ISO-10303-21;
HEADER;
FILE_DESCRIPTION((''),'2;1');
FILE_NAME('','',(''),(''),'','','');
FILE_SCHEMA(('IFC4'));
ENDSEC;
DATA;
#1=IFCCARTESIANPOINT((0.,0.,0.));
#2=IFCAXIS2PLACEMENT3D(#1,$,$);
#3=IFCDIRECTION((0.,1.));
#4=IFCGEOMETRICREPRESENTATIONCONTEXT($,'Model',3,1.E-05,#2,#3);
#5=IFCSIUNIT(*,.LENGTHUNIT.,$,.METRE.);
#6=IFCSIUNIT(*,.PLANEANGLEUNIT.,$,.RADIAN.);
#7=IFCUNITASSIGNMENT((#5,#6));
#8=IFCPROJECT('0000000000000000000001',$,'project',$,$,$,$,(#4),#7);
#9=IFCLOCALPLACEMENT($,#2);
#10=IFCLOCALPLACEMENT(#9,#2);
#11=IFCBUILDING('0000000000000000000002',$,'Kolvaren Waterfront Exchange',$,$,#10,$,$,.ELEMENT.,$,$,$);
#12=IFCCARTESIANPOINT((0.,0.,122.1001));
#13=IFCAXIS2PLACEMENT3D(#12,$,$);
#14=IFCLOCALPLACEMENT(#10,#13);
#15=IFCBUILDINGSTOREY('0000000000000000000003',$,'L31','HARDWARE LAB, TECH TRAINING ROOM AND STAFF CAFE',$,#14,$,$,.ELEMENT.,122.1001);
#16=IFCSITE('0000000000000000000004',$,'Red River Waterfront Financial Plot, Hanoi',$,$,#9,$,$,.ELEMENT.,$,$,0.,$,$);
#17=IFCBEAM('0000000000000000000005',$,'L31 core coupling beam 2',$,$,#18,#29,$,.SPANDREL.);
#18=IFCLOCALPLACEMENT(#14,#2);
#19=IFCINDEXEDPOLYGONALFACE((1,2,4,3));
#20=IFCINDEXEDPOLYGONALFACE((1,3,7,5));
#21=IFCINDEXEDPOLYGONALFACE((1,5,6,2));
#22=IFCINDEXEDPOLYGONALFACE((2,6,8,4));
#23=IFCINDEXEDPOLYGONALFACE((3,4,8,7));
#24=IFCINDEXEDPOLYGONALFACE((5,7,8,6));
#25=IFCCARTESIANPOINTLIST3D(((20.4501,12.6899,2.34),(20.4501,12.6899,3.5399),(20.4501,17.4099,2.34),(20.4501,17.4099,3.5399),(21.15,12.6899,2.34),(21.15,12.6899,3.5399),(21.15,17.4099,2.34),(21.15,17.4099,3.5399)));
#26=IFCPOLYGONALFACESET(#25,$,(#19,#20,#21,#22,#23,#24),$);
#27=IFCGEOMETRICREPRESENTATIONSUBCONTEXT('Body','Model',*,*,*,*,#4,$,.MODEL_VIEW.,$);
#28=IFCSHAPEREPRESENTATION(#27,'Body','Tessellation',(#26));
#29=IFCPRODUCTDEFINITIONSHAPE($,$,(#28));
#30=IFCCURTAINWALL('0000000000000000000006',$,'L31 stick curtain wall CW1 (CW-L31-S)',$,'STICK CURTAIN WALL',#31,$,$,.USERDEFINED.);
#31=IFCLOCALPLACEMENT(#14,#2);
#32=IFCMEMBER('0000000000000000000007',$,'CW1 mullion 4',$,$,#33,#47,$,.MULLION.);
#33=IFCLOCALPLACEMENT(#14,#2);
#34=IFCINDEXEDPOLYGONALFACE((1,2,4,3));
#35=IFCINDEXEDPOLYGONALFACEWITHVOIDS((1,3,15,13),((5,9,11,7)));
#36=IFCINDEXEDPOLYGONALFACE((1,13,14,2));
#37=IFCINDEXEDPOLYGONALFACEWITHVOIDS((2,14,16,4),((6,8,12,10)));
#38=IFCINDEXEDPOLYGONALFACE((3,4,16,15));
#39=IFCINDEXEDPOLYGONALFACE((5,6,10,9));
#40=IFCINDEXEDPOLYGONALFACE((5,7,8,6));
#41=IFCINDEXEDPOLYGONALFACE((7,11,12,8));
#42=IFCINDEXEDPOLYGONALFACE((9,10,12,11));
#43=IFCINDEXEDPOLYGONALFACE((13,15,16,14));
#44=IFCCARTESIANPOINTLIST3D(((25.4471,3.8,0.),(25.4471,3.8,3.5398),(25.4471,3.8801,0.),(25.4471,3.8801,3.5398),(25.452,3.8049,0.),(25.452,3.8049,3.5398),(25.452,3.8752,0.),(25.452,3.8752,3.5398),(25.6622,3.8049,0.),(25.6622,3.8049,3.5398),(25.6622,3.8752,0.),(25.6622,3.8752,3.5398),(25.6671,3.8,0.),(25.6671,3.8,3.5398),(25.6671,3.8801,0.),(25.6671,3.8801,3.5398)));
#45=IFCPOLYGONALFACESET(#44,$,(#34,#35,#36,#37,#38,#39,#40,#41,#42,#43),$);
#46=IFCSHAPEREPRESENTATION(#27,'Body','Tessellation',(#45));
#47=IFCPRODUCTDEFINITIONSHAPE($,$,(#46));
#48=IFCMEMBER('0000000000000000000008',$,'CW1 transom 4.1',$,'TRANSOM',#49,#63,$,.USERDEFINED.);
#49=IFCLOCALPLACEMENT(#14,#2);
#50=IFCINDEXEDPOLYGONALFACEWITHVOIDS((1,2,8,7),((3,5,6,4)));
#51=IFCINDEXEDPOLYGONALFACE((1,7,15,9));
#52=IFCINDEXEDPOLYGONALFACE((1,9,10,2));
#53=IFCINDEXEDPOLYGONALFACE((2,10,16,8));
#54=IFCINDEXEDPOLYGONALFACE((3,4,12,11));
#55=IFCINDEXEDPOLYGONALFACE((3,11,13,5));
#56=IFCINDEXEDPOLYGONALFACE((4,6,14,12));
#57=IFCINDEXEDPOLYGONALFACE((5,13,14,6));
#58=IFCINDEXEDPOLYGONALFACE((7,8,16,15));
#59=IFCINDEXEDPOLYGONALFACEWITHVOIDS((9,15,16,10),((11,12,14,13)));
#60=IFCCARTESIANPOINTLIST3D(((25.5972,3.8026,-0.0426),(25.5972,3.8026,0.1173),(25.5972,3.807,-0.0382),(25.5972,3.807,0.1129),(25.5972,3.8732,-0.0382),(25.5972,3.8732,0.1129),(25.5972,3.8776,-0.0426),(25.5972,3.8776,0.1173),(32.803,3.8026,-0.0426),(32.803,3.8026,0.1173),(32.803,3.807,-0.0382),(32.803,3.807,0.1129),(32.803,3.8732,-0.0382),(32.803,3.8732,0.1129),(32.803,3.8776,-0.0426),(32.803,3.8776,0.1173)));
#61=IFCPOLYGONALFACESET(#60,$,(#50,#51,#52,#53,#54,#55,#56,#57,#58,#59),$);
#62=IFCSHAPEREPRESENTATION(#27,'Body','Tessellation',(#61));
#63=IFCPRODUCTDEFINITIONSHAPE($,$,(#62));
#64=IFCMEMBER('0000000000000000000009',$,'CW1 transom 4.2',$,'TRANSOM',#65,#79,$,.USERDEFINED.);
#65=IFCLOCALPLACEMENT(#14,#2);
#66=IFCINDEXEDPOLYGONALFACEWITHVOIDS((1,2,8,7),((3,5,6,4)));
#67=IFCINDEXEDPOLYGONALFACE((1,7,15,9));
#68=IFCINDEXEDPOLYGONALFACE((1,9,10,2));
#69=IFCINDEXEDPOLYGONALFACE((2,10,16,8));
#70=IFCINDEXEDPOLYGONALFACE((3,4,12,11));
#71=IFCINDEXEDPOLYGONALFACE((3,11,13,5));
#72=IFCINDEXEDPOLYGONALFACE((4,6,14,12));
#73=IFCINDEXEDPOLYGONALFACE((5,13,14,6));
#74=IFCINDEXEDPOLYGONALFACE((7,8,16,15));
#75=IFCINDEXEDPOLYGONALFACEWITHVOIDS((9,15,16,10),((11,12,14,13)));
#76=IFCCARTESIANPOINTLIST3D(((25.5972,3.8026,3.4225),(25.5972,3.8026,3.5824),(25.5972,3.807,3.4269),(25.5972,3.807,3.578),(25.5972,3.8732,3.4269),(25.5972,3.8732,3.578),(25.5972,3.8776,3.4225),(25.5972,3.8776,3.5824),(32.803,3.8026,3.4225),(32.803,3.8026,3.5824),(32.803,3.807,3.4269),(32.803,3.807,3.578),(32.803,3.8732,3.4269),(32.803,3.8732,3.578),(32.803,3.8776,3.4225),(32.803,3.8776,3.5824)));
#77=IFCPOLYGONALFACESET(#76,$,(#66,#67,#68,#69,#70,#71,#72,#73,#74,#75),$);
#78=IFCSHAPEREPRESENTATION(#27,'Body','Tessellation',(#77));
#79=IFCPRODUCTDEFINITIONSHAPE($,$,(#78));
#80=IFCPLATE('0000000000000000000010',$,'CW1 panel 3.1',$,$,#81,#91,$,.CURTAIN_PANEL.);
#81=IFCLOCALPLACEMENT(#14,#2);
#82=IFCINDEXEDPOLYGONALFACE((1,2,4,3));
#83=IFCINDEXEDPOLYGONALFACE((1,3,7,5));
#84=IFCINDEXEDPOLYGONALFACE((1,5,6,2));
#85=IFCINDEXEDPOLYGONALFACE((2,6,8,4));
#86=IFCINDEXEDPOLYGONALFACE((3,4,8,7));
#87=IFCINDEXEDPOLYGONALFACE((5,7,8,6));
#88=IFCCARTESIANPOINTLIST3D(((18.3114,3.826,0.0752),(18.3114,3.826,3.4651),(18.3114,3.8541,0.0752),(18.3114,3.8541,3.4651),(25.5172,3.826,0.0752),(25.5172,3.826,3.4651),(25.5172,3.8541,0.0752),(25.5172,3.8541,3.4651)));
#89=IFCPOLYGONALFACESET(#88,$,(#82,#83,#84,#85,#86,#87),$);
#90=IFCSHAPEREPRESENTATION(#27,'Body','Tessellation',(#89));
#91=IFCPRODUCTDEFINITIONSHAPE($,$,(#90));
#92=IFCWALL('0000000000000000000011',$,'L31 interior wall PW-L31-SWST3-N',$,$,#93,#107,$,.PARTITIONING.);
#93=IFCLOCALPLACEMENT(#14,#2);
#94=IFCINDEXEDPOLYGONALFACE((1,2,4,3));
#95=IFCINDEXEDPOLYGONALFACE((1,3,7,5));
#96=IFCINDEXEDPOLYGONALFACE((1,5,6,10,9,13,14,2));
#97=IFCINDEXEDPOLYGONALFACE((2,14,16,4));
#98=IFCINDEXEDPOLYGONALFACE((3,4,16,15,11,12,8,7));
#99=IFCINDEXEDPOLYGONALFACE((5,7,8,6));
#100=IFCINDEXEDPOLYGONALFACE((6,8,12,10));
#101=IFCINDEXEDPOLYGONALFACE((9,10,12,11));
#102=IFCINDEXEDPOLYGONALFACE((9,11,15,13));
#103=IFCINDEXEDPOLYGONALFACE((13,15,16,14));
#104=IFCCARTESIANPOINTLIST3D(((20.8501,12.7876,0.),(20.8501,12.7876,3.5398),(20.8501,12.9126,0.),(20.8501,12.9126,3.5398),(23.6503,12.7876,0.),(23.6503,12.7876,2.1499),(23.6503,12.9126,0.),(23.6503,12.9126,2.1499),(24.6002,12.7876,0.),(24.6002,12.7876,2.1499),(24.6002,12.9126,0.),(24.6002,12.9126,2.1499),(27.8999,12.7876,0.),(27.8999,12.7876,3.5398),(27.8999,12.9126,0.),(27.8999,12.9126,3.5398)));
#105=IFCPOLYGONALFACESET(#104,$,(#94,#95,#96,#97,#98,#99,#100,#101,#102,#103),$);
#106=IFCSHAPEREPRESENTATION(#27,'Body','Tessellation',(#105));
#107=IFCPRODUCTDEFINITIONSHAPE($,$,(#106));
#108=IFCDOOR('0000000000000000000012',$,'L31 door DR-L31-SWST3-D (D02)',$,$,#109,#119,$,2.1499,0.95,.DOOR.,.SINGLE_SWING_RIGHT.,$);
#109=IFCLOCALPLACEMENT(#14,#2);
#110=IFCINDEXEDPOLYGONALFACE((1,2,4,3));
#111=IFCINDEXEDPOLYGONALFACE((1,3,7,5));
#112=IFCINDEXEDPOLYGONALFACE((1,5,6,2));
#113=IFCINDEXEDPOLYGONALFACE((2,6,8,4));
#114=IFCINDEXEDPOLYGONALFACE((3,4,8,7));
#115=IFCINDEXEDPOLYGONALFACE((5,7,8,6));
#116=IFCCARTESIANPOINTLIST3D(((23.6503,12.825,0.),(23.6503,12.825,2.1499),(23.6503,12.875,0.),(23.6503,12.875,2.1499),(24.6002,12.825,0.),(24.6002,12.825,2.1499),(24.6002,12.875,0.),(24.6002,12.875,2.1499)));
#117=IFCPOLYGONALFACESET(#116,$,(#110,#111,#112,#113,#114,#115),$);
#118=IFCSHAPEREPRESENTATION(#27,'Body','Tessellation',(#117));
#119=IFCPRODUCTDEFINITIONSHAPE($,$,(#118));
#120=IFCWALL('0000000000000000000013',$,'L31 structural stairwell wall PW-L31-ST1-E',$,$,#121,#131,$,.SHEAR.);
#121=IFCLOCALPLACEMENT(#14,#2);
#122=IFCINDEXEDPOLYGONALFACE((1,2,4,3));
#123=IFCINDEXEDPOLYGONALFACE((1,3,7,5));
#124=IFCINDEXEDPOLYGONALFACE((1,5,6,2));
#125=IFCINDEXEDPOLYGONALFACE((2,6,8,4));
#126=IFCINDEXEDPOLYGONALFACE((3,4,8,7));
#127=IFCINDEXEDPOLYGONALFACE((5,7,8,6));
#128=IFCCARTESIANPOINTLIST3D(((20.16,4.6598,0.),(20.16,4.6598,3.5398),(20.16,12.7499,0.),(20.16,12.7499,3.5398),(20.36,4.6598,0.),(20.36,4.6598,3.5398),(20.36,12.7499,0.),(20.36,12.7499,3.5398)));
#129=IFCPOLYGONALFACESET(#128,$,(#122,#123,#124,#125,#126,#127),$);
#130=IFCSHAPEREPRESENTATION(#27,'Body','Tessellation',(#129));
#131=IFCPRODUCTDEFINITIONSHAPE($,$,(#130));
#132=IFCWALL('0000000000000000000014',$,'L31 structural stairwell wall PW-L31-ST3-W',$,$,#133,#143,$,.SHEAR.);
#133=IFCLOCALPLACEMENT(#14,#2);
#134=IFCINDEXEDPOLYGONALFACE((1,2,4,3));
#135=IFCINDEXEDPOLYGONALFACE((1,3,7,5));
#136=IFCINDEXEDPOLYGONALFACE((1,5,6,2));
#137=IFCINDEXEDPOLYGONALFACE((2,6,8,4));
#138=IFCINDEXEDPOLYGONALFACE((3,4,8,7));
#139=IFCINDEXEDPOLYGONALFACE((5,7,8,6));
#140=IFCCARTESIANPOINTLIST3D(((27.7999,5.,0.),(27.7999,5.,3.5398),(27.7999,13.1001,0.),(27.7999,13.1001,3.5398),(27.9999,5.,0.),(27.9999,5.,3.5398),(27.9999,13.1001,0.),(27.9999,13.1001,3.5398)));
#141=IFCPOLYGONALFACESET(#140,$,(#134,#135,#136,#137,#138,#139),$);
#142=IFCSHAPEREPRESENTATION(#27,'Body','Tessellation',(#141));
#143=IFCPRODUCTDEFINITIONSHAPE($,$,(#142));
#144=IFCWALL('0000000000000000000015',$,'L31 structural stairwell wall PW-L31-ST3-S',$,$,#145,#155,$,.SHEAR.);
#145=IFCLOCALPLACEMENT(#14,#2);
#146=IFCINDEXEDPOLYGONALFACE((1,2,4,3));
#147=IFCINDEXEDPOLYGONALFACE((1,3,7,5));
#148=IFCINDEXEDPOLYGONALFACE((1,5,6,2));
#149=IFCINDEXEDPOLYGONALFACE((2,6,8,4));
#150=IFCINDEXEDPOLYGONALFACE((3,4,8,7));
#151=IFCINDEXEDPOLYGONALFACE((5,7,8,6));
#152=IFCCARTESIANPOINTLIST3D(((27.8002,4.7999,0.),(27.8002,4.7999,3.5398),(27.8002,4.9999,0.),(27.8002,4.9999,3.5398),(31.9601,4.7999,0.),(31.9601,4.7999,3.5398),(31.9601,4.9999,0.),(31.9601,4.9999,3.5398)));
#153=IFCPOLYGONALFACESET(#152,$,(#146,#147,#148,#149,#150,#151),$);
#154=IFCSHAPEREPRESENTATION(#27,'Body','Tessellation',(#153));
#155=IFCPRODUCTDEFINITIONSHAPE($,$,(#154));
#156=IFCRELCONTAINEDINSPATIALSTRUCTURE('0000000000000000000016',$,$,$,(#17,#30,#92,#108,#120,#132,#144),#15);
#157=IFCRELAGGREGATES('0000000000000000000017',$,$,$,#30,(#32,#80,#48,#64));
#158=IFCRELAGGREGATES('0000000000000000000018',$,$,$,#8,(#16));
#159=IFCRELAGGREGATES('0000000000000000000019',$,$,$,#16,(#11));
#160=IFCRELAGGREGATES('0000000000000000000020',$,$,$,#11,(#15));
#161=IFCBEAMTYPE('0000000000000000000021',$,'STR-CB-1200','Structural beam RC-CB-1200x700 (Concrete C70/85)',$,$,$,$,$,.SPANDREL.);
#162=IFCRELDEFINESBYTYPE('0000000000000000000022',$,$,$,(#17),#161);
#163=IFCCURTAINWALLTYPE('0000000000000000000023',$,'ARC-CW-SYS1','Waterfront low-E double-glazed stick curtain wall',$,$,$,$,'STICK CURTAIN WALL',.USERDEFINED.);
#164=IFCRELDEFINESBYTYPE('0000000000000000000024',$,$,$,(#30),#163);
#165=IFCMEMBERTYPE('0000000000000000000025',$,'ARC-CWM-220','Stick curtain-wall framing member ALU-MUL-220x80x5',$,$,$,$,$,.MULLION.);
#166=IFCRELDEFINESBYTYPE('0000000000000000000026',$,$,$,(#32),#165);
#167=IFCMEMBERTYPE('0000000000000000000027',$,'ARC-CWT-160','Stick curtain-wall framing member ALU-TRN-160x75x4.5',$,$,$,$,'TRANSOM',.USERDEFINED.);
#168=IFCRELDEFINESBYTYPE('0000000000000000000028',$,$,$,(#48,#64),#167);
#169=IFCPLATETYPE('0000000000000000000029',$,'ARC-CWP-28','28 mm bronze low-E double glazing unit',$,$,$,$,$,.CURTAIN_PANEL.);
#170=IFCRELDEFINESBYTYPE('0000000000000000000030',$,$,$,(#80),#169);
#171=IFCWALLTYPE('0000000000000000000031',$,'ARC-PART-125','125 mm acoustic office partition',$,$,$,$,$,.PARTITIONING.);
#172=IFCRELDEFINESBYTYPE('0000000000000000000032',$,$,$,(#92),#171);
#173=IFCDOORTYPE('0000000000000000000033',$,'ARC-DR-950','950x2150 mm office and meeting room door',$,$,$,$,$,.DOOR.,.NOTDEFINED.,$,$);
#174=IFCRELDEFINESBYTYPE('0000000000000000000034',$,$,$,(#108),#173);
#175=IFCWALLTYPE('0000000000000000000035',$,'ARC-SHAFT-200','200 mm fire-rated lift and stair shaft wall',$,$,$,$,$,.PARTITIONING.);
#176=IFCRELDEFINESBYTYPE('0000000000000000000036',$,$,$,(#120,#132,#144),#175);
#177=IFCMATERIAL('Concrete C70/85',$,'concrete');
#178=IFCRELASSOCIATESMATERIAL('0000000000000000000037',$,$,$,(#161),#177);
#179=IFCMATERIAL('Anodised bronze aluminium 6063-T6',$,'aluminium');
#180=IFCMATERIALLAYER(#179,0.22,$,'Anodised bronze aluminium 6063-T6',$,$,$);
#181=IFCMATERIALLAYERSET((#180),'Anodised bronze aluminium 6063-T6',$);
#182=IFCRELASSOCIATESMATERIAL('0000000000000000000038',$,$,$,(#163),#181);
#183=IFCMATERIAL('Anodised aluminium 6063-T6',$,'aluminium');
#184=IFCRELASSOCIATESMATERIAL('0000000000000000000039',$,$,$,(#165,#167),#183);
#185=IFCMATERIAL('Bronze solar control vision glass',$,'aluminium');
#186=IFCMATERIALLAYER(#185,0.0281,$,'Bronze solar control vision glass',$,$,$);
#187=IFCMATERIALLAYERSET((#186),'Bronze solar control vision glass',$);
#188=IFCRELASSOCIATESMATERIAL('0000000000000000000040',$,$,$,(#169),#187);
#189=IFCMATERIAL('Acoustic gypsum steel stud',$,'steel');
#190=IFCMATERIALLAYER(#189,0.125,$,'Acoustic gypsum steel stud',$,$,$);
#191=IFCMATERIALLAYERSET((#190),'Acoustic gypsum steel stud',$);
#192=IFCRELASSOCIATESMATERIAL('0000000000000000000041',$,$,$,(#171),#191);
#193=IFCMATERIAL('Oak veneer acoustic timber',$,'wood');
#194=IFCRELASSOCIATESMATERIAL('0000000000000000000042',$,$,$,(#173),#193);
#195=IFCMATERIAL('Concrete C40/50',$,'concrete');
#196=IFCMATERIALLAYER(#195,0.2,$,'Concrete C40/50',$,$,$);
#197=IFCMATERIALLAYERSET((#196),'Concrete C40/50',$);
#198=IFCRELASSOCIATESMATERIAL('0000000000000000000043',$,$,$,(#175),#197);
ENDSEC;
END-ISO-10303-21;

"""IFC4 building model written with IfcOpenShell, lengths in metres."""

from ifc_helpers import new_model, si_unit, direction, frame, frame_2d, origin, origin_with_axes, origin_2d, place, context, subcontext, project, spatial, rectangle, hollow_rectangle, extrude, source, transform, mapped, material, layer, layer_set, material_profile, profile_set, type_object, element, fill, aggregate, save


model = new_model("IFC4")

# Units and contexts
model_context = context("Model", 3, precision=1e-05, world=origin(), true_north=direction((0.0, 1.0)))
body_context = subcontext(model_context, "Body", "Model", "MODEL_VIEW")
ifc_project = project(units=[si_unit("LENGTHUNIT", "METRE"), si_unit("PLANEANGLEUNIT", "RADIAN")], contexts=[model_context])

# Site, building, storey
site_placement = place(None, origin())
site = spatial("IfcSite", under=ifc_project, at=site_placement, Name="Red River Waterfront Financial Plot, Hanoi", CompositionType="ELEMENT", RefElevation=0.0)
building_placement = place(site_placement, origin())
building = spatial("IfcBuilding", under=site, at=building_placement, Name="Kolvaren Waterfront Exchange", CompositionType="ELEMENT")
storey_placement = place(building_placement, frame((0.0, 0.0, 122.1001)))
storey = spatial("IfcBuildingStorey", under=building, at=storey_placement, Name="L31", Description="HARDWARE LAB, TECH TRAINING ROOM AND STAFF CAFE", CompositionType="ELEMENT", Elevation=122.1001)

# Beam
ifc_material_1 = material(Name="Concrete C70/85", Category="concrete")
ifc_material_profile_1 = material_profile(ifc_material_1, rectangle(XDim=0.7, YDim=1.2, at=origin_2d()), Name="RC-CB-1200x700")
ifc_profile_set_1 = profile_set([ifc_material_profile_1], Name="Concrete C70/85")
beam_type_1 = type_object("IfcBeamType", Name="STR-CB-1200", Description="Structural beam RC-CB-1200x700 (Concrete C70/85)", PredefinedType="SPANDREL", material=ifc_profile_set_1)
beam_1_placement = place(storey_placement, frame((20.8, 12.6899, 2.9399), z_axis=(0.0, 1.0, 0.0), x_axis=(-1.0, 0.0, 0.0)))
element("IfcBeam", 1, at=beam_1_placement, inside=storey, type_object=beam_type_1, Name="L31 core coupling beam 2", PredefinedType="SPANDREL", context=body_context, shape_type="SweptSolid", body=[
    extrude(rectangle(XDim=0.7, YDim=1.2, at=origin_2d()), origin(), (0.0, 0.0, 1.0), 4.72),
])

# Curtain wall, members, plate
ifc_material_2 = material(Name="Anodised bronze aluminium 6063-T6", Category="aluminium")
ifc_layer_1 = layer(ifc_material_2, 0.22, Name="Anodised bronze aluminium 6063-T6")
ifc_layer_set_1 = layer_set([ifc_layer_1], Name="Anodised bronze aluminium 6063-T6")
curtain_wall_type = type_object("IfcCurtainWallType", Name="ARC-CW-SYS1", Description="Waterfront low-E double-glazed stick curtain wall", ElementType="STICK CURTAIN WALL", PredefinedType="USERDEFINED", material=ifc_layer_set_1)
curtain_wall_placement = place(storey_placement, origin())
curtain_wall = element("IfcCurtainWall", 2, at=curtain_wall_placement, inside=storey, type_object=curtain_wall_type, Name="L31 stick curtain wall CW1 (CW-L31-S)", ObjectType="STICK CURTAIN WALL", PredefinedType="USERDEFINED")
ifc_material_3 = material(Name="Anodised aluminium 6063-T6", Category="aluminium")
ifc_material_profile_2 = material_profile(ifc_material_3, hollow_rectangle(XDim=0.0801, YDim=0.22, WallThickness=0.0049, at=origin_2d()), Name="ALU-MUL-220x80x5")
ifc_profile_set_2 = profile_set([ifc_material_profile_2], Name="Anodised aluminium 6063-T6")
member_type_1 = type_object("IfcMemberType", Name="ARC-CWM-220", Description="Stick curtain-wall framing member ALU-MUL-220x80x5", PredefinedType="MULLION", material=ifc_profile_set_2)
shared_shape_1 = source(origin_with_axes(), body_context, "Body", "SweptSolid", [
    extrude(hollow_rectangle(XDim=0.0801, YDim=0.22, WallThickness=0.0049, at=origin_2d()), origin(), (0.0, 0.0, 1.0), 3.5398),
])
member_1_placement = place(storey_placement, frame((25.5571, 3.8401, 0.0), z_axis=(0.0, 0.0, 1.0), x_axis=(0.0, 1.0, 0.0)))
member_1 = element("IfcMember", 3, at=member_1_placement, type_object=member_type_1, Name="CW1 mullion 4", PredefinedType="MULLION", context=body_context, shape_type="MappedRepresentation", body=[
    mapped(shared_shape_1, transform((0.0, 0.0, 0.0), x_axis=(1.0, 0.0, 0.0), y_axis=(0.0, 1.0, 0.0), z_axis=(0.0, 0.0, 1.0), scale=1.0)),
])
ifc_material_profile_3 = material_profile(ifc_material_3, hollow_rectangle(XDim=0.075, YDim=0.1599, WallThickness=0.0044, at=origin_2d()), Name="ALU-TRN-160x75x4.5")
ifc_profile_set_3 = profile_set([ifc_material_profile_3], Name="Anodised aluminium 6063-T6")
member_type_2 = type_object("IfcMemberType", Name="ARC-CWT-160", Description="Stick curtain-wall framing member ALU-TRN-160x75x4.5", ElementType="TRANSOM", PredefinedType="USERDEFINED", material=ifc_profile_set_3)
shared_shape_2 = source(origin_with_axes(), body_context, "Body", "SweptSolid", [
    extrude(hollow_rectangle(XDim=0.075, YDim=0.1599, WallThickness=0.0044, at=origin_2d()), origin(), (0.0, 0.0, 1.0), 7.2058),
])
member_2_placement = place(storey_placement, frame((25.5972, 3.8401, 0.0374), z_axis=(1.0, 0.0, 0.0), x_axis=(0.0, 1.0, 0.0)))
member_2 = element("IfcMember", 4, at=member_2_placement, type_object=member_type_2, Name="CW1 transom 4.1", ObjectType="TRANSOM", PredefinedType="USERDEFINED", context=body_context, shape_type="MappedRepresentation", body=[
    mapped(shared_shape_2, transform((0.0, 0.0, 0.0), x_axis=(1.0, 0.0, 0.0), y_axis=(0.0, 1.0, 0.0), z_axis=(0.0, 0.0, 1.0), scale=1.0)),
])
member_3_placement = place(storey_placement, frame((25.5972, 3.8401, 3.5024), z_axis=(1.0, 0.0, 0.0), x_axis=(0.0, 1.0, 0.0)))
member_3 = element("IfcMember", 5, at=member_3_placement, type_object=member_type_2, Name="CW1 transom 4.2", ObjectType="TRANSOM", PredefinedType="USERDEFINED", context=body_context, shape_type="MappedRepresentation", body=[
    mapped(shared_shape_2, transform((0.0, 0.0, 0.0), x_axis=(1.0, 0.0, 0.0), y_axis=(0.0, 1.0, 0.0), z_axis=(0.0, 0.0, 1.0), scale=1.0)),
])
ifc_material_4 = material(Name="Bronze solar control vision glass", Category="aluminium")
ifc_layer_2 = layer(ifc_material_4, 0.0281, Name="Bronze solar control vision glass")
ifc_layer_set_2 = layer_set([ifc_layer_2], Name="Bronze solar control vision glass")
plate_type = type_object("IfcPlateType", Name="ARC-CWP-28", Description="28 mm bronze low-E double glazing unit", PredefinedType="CURTAIN_PANEL", material=ifc_layer_set_2)
shared_shape_3 = source(origin_with_axes(), body_context, "Body", "SweptSolid", [
    extrude(rectangle(XDim=7.2058, YDim=0.0281, at=origin_2d()), origin(), (0.0, 0.0, 1.0), 3.3899),
])
plate_placement = place(storey_placement, frame((21.9143, 3.8401, 0.0752), z_axis=(0.0, 0.0, 1.0), x_axis=(1.0, 0.0, 0.0)))
plate = element("IfcPlate", 6, at=plate_placement, type_object=plate_type, Name="CW1 panel 3.1", PredefinedType="CURTAIN_PANEL", context=body_context, shape_type="MappedRepresentation", body=[
    mapped(shared_shape_3, transform((0.0, 0.0, 0.0), x_axis=(1.0, 0.0, 0.0), y_axis=(0.0, 1.0, 0.0), z_axis=(0.0, 0.0, 1.0), scale=1.0)),
])
aggregate(curtain_wall, [member_1, plate, member_2, member_3])

# Wall, opening, door
ifc_material_5 = material(Name="Acoustic gypsum steel stud", Category="steel")
ifc_layer_3 = layer(ifc_material_5, 0.125, Name="Acoustic gypsum steel stud")
ifc_layer_set_3 = layer_set([ifc_layer_3], Name="Acoustic gypsum steel stud")
wall_type_1 = type_object("IfcWallType", Name="ARC-PART-125", Description="125 mm acoustic office partition", PredefinedType="PARTITIONING", material=ifc_layer_set_3)
wall_1_placement = place(storey_placement, frame((20.8501, 12.8501, 0.0), z_axis=(0.0, 0.0, 1.0), x_axis=(1.0, 0.0, 0.0)))
wall_1 = element("IfcWall", 7, at=wall_1_placement, inside=storey, type_object=wall_type_1, Name="L31 interior wall PW-L31-SWST3-N", PredefinedType="PARTITIONING", context=body_context, shape_type="SweptSolid", body=[
    extrude(rectangle(XDim=7.0498, YDim=0.125, at=frame_2d((3.5249, 0.0))), origin(), (0.0, 0.0, 1.0), 3.5398),
])
opening_1_placement = place(wall_1_placement, frame((2.8, 0.0, 0.0)))
opening_1 = element("IfcOpeningElement", 8, at=opening_1_placement, cuts=wall_1, PredefinedType="OPENING", context=body_context, shape_type="SweptSolid", body=[
    extrude(rectangle(XDim=0.95, YDim=2.1499, at=frame_2d((0.4751, 1.075))), frame((0.0, 0.0725, 0.0), z_axis=(0.0, -1.0, 0.0), x_axis=(1.0, 0.0, 0.0)), (0.0, 0.0, 1.0), 0.145),
])
ifc_material_6 = material(Name="Oak veneer acoustic timber", Category="wood")
door_type_1 = type_object("IfcDoorType", Name="ARC-DR-950", Description="950x2150 mm office and meeting room door", OperationType="NOTDEFINED", PredefinedType="DOOR", material=ifc_material_6)
door_1_placement = place(opening_1_placement, origin())
door_1 = element("IfcDoor", 9, at=door_1_placement, inside=storey, type_object=door_type_1, Name="L31 door DR-L31-SWST3-D (D02)", OperationType="SINGLE_SWING_RIGHT", OverallHeight=2.1499, OverallWidth=0.95, PredefinedType="DOOR", context=body_context, shape_type="SweptSolid", body=[
    extrude(rectangle(XDim=0.95, YDim=2.1499, at=frame_2d((0.4751, 1.075))), frame((0.0, 0.0249, 0.0), z_axis=(0.0, -1.0, 0.0), x_axis=(1.0, 0.0, 0.0)), (0.0, 0.0, 1.0), 0.05),
])
fill(opening_1, door_1)

# Walls
ifc_material_7 = material(Name="Concrete C40/50", Category="concrete")
ifc_layer_4 = layer(ifc_material_7, 0.2, Name="Concrete C40/50")
ifc_layer_set_4 = layer_set([ifc_layer_4], Name="Concrete C40/50")
wall_type_2 = type_object("IfcWallType", Name="ARC-SHAFT-200", Description="200 mm fire-rated lift and stair shaft wall", PredefinedType="PARTITIONING", material=ifc_layer_set_4)
wall_2_placement = place(storey_placement, frame((20.26, 4.6599, 0.0), z_axis=(0.0, 0.0, 1.0), x_axis=(0.0, 1.0, 0.0)))
element("IfcWall", 10, at=wall_2_placement, inside=storey, type_object=wall_type_2, Name="L31 structural stairwell wall PW-L31-ST1-E", PredefinedType="SHEAR", context=body_context, shape_type="SweptSolid", body=[
    extrude(rectangle(XDim=8.0901, YDim=0.2, at=frame_2d((4.0449, 0.0))), origin(), (0.0, 0.0, 1.0), 3.5398),
])
wall_3_placement = place(storey_placement, frame((27.8999, 5.0, 0.0), z_axis=(0.0, 0.0, 1.0), x_axis=(0.0, 1.0, 0.0)))
element("IfcWall", 11, at=wall_3_placement, inside=storey, type_object=wall_type_2, Name="L31 structural stairwell wall PW-L31-ST3-W", PredefinedType="SHEAR", context=body_context, shape_type="SweptSolid", body=[
    extrude(rectangle(XDim=8.1001, YDim=0.2, at=frame_2d((4.05, 0.0))), origin(), (0.0, 0.0, 1.0), 3.5398),
])
wall_4_placement = place(storey_placement, frame((27.8, 4.8999, 0.0), z_axis=(0.0, 0.0, 1.0), x_axis=(1.0, 0.0, 0.0)))
element("IfcWall", 12, at=wall_4_placement, inside=storey, type_object=wall_type_2, Name="L31 structural stairwell wall PW-L31-ST3-S", PredefinedType="SHEAR", context=body_context, shape_type="SweptSolid", body=[
    extrude(rectangle(XDim=4.1599, YDim=0.2, at=frame_2d((2.0801, 0.0))), origin(), (0.0, 0.0, 1.0), 3.5398),
])

save(model, "model.ifc")
